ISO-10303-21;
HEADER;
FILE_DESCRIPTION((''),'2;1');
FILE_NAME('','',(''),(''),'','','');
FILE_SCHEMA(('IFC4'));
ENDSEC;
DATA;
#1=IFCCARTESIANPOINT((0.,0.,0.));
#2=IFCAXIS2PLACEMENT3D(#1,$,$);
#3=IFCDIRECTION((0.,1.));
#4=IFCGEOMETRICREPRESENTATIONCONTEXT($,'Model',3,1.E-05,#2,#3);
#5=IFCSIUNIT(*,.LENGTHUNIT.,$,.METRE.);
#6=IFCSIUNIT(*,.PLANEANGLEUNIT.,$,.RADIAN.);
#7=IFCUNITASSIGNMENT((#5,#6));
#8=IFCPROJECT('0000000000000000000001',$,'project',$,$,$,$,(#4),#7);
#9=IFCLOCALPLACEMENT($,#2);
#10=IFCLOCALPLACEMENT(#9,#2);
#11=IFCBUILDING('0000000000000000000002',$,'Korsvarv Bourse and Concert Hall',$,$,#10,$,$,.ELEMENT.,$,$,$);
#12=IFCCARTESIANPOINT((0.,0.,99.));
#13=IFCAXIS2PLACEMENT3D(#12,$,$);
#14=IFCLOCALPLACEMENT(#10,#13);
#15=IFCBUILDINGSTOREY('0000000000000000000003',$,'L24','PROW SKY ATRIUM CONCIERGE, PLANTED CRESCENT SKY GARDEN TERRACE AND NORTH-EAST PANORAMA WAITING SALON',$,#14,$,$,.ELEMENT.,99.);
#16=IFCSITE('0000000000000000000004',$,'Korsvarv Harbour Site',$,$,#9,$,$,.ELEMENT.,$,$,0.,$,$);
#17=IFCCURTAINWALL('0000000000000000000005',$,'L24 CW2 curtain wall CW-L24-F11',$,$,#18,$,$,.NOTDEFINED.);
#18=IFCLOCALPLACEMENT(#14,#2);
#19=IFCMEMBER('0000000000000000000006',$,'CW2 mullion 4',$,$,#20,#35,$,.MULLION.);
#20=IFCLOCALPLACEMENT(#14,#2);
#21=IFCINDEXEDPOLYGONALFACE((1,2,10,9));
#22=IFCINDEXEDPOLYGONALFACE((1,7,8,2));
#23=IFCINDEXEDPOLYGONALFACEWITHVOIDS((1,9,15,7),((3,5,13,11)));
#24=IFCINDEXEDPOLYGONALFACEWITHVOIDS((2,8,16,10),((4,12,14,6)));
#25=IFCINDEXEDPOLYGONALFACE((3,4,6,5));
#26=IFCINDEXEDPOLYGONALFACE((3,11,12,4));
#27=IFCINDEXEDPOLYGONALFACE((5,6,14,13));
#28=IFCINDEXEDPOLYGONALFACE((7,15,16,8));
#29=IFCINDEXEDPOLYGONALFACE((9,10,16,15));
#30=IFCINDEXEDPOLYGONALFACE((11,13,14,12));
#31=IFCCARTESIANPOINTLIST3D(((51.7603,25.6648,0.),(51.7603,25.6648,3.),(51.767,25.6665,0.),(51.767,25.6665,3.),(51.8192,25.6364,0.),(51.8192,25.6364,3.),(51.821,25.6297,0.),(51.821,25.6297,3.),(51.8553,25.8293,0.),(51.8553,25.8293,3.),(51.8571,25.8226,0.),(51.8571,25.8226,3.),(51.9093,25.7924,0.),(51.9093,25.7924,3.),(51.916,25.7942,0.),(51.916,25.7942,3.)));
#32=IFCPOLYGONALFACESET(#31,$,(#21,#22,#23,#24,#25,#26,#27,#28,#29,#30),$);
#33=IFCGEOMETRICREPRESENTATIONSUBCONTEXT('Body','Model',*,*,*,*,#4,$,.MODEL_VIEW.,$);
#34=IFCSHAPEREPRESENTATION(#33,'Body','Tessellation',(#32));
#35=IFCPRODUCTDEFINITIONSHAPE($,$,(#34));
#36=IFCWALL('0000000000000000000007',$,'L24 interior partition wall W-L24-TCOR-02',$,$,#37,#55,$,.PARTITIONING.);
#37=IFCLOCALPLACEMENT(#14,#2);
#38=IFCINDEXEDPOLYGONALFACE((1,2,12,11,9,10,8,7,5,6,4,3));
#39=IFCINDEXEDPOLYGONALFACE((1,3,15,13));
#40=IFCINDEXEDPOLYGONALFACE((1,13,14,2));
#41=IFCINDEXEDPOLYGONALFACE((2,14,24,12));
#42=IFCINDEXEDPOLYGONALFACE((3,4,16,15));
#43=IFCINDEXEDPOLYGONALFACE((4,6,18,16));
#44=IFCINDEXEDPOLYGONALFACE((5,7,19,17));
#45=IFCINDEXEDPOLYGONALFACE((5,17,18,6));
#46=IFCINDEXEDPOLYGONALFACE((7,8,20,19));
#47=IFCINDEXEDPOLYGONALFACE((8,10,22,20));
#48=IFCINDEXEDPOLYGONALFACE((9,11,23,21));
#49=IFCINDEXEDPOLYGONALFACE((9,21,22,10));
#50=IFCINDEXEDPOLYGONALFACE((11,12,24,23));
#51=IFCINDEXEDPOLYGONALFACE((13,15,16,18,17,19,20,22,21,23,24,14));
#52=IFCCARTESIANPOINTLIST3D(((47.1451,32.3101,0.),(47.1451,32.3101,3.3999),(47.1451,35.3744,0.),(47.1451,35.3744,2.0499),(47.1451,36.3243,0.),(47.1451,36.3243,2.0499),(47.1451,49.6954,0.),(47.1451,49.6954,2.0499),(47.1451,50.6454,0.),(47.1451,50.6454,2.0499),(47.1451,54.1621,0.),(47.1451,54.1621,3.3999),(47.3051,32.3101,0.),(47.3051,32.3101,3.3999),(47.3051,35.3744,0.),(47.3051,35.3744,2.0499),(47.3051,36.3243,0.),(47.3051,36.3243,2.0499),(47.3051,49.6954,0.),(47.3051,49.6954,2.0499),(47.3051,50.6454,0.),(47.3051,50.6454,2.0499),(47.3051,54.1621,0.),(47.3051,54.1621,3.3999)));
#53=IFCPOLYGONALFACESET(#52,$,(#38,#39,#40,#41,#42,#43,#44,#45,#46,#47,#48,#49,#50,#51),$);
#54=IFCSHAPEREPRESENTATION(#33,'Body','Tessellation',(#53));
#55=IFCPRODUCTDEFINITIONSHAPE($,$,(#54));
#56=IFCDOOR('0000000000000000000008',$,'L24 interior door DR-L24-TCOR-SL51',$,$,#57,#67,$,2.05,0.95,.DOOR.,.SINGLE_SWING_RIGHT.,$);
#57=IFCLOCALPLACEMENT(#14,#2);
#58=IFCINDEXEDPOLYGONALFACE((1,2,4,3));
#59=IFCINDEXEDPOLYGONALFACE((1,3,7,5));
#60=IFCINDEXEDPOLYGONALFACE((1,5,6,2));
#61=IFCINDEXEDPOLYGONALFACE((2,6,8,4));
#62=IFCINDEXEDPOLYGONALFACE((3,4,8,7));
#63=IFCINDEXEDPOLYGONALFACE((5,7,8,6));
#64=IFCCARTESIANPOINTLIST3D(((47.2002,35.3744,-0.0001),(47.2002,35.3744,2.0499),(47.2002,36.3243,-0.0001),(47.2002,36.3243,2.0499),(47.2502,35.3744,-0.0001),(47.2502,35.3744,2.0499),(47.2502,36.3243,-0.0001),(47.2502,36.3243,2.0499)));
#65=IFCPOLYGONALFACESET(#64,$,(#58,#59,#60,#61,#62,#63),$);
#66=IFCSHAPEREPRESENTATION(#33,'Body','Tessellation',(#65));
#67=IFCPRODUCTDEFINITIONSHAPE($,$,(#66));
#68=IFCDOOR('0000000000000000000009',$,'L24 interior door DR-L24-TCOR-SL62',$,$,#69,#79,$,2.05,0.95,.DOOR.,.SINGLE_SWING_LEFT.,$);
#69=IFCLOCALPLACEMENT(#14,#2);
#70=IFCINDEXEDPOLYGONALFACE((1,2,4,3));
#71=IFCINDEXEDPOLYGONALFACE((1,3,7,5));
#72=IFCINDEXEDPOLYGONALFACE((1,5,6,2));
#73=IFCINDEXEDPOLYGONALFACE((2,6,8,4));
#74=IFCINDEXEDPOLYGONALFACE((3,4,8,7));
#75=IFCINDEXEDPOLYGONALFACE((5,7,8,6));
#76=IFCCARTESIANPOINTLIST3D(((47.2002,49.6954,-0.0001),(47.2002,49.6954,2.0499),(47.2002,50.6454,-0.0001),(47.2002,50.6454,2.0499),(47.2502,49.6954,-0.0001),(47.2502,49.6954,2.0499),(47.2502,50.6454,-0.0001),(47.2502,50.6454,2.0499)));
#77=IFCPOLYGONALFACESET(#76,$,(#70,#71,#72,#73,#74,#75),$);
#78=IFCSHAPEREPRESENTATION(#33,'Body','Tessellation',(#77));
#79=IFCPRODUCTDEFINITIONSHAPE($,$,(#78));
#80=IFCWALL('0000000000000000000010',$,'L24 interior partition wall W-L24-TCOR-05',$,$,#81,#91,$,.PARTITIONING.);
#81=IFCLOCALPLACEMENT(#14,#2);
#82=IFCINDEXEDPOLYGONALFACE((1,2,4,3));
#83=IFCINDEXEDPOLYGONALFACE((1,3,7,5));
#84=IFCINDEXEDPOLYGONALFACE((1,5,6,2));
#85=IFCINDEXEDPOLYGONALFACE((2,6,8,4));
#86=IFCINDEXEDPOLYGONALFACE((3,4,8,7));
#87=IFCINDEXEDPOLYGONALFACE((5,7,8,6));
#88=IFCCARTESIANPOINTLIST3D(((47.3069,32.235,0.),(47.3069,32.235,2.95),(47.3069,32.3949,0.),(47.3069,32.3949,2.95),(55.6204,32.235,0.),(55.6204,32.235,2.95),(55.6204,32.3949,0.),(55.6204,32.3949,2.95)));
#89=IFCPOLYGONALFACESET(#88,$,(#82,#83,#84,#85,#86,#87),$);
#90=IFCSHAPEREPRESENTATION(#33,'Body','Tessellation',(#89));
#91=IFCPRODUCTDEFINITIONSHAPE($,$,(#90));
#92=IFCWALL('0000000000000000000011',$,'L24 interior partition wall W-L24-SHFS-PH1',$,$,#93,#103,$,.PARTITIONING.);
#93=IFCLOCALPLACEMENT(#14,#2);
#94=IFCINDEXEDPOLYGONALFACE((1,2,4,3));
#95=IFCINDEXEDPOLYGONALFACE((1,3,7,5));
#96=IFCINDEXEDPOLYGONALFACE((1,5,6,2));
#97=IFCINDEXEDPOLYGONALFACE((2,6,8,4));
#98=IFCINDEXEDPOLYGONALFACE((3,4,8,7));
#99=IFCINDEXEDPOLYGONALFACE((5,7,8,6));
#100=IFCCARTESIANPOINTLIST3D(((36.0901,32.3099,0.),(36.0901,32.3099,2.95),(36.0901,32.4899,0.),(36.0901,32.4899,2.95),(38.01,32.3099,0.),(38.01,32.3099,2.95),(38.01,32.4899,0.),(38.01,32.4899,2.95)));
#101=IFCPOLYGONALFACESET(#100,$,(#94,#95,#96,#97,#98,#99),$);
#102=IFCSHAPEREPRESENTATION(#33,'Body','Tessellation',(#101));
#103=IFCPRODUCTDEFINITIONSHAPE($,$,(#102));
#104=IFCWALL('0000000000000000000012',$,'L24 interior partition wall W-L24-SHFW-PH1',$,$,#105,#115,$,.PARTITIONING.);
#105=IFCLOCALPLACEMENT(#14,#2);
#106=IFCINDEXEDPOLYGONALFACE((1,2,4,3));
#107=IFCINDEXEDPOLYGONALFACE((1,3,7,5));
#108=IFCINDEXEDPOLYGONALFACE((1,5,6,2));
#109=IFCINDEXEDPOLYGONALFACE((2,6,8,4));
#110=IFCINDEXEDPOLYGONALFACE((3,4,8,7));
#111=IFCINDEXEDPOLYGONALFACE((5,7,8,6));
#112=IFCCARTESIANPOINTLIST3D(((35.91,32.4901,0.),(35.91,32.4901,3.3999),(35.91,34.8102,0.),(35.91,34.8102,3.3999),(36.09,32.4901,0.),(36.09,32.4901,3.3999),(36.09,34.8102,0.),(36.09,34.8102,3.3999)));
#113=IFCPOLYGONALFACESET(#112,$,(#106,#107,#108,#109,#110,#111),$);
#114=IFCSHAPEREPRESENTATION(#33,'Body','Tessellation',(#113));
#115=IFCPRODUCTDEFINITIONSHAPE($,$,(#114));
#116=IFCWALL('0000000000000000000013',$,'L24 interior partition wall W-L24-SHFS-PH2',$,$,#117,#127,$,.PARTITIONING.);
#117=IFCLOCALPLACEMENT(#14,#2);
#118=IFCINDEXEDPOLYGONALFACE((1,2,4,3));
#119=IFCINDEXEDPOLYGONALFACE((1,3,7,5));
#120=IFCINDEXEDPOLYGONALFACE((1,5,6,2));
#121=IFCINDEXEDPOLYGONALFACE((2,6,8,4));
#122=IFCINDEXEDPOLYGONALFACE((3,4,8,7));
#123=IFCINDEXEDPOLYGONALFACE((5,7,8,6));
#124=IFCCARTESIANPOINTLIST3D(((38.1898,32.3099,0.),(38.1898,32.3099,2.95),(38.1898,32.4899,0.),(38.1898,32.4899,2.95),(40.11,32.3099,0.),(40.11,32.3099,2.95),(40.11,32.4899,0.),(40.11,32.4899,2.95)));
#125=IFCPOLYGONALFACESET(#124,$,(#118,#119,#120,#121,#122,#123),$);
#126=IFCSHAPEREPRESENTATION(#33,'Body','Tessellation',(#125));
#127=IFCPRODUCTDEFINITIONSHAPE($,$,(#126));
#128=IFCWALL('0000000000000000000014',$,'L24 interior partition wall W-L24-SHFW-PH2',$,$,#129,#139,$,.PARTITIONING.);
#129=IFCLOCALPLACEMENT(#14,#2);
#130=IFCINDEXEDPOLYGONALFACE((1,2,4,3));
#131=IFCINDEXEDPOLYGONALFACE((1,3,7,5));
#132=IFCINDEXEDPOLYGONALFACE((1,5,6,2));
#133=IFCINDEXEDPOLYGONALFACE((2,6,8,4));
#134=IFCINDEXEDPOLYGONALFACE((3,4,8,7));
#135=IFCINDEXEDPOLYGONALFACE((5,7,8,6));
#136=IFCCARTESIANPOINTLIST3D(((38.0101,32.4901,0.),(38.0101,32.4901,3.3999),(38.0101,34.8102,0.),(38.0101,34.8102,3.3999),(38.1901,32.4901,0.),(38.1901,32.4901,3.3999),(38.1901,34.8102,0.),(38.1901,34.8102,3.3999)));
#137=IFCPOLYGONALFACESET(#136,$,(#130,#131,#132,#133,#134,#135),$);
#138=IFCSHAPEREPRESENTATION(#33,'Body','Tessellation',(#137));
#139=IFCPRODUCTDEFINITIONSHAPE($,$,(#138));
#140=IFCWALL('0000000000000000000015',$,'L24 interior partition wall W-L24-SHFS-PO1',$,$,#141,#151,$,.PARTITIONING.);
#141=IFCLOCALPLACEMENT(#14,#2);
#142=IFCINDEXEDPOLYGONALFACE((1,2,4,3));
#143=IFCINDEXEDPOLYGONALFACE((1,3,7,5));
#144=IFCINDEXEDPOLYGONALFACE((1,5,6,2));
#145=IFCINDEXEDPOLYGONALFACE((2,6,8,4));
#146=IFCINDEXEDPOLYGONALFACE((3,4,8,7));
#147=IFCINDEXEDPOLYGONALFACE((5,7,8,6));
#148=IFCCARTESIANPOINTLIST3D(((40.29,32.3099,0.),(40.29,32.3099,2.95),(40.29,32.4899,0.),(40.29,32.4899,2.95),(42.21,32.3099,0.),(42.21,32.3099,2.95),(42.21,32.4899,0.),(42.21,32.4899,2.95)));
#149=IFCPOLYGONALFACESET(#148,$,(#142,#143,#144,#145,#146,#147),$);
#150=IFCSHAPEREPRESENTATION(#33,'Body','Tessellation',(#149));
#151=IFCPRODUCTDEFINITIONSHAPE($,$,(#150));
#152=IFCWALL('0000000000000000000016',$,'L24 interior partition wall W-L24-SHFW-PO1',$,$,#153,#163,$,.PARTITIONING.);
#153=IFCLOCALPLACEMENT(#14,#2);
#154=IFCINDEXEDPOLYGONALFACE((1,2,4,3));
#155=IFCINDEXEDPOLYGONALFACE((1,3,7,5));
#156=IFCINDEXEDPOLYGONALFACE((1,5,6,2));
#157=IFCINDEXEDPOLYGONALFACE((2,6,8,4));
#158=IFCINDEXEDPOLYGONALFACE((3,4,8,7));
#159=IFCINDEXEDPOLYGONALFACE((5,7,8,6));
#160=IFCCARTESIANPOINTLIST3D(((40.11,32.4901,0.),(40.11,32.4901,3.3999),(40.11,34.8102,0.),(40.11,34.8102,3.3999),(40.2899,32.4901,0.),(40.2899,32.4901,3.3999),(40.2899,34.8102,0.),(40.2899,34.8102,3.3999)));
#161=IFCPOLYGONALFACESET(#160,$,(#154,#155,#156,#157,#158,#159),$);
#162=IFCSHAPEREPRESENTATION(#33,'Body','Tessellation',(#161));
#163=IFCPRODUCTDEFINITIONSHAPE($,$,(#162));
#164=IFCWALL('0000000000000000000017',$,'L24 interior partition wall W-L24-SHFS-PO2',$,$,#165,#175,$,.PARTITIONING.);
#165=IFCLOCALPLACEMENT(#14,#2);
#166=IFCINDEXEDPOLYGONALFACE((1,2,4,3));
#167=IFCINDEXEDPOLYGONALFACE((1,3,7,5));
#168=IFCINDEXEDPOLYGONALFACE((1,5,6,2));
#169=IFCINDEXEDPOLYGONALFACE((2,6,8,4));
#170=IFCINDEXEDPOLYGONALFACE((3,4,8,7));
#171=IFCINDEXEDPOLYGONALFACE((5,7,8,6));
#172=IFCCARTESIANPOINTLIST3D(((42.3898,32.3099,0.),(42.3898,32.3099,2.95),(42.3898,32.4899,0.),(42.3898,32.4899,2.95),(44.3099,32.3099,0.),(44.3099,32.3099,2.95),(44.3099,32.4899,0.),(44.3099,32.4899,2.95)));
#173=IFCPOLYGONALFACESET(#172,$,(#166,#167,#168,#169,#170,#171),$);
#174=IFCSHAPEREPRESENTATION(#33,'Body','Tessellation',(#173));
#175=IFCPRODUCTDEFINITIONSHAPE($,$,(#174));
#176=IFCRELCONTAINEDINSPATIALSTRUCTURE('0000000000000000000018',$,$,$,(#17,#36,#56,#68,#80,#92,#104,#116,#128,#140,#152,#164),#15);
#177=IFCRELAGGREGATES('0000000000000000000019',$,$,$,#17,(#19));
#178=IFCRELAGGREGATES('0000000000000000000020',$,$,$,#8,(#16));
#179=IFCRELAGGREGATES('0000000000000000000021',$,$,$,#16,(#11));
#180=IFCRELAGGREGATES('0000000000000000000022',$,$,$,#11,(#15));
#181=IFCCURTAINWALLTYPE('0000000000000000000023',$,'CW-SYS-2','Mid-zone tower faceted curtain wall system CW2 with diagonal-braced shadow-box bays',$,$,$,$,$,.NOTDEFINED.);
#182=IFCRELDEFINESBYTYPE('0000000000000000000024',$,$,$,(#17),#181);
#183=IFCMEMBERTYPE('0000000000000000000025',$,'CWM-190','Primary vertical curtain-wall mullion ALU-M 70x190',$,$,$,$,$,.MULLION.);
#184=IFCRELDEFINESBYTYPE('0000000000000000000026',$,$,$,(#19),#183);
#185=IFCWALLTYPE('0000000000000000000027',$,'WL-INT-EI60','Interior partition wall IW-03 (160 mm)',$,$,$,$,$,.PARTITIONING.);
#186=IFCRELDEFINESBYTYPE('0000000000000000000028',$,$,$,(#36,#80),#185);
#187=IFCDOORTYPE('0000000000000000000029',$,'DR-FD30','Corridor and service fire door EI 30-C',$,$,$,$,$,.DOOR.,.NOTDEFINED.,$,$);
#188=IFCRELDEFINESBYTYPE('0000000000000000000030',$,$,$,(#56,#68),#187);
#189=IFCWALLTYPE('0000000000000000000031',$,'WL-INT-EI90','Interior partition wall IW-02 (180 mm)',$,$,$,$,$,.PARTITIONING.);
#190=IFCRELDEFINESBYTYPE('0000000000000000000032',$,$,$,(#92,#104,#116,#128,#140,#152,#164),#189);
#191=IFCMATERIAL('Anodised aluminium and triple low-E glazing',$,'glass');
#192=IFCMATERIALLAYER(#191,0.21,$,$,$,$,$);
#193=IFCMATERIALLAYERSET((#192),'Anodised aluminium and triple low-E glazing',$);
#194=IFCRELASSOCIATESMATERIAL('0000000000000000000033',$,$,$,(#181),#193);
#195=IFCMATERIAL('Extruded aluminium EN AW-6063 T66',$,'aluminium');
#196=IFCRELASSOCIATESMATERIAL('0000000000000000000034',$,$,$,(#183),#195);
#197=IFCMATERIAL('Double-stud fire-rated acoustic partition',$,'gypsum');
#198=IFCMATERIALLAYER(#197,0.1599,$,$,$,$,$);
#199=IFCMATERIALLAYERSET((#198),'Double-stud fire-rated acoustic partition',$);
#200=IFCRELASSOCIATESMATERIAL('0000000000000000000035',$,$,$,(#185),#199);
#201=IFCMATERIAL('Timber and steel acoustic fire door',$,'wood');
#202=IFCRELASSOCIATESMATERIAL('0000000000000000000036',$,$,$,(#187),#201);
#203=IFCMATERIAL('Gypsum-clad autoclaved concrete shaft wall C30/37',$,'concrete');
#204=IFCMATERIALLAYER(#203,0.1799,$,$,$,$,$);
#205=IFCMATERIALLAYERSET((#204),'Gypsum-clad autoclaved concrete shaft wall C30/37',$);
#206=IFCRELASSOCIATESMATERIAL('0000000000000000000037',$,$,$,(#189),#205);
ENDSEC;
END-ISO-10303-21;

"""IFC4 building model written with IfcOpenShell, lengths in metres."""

from ifc_helpers import new_model, si_unit, direction, frame, frame_2d, origin, origin_2d, place, context, subcontext, project, spatial, rectangle, hollow_rectangle, extrude, source, transform, mapped, material, layer, layer_set, material_profile, profile_set, type_object, element, fill, aggregate, save


model = new_model("IFC4")

# Units and contexts
model_context = context("Model", 3, precision=1e-05, world=origin(), true_north=direction((0.0, 1.0)))
body_context = subcontext(model_context, "Body", "Model", "MODEL_VIEW")
ifc_project = project(units=[si_unit("LENGTHUNIT", "METRE"), si_unit("PLANEANGLEUNIT", "RADIAN")], contexts=[model_context])

# Site, building, storey
site_placement = place(None, origin())
site = spatial("IfcSite", under=ifc_project, at=site_placement, Name="Korsvarv Harbour Site", CompositionType="ELEMENT", RefElevation=0.0)
building_placement = place(site_placement, origin())
building = spatial("IfcBuilding", under=site, at=building_placement, Name="Korsvarv Bourse and Concert Hall", CompositionType="ELEMENT")
storey_placement = place(building_placement, frame((0.0, 0.0, 99.0)))
storey = spatial("IfcBuildingStorey", under=building, at=storey_placement, Name="L24", Description="PROW SKY ATRIUM CONCIERGE, PLANTED CRESCENT SKY GARDEN TERRACE AND NORTH-EAST PANORAMA WAITING SALON", CompositionType="ELEMENT", Elevation=99.0)

# Curtain wall, member
ifc_material_1 = material(Name="Anodised aluminium and triple low-E glazing", Category="glass")
ifc_layer_1 = layer(ifc_material_1, 0.21)
ifc_layer_set_1 = layer_set([ifc_layer_1], Name="Anodised aluminium and triple low-E glazing")
curtain_wall_type = type_object("IfcCurtainWallType", Name="CW-SYS-2", Description="Mid-zone tower faceted curtain wall system CW2 with diagonal-braced shadow-box bays", PredefinedType="NOTDEFINED", material=ifc_layer_set_1)
curtain_wall_placement = place(storey_placement, origin())
curtain_wall = element("IfcCurtainWall", 1, at=curtain_wall_placement, inside=storey, type_object=curtain_wall_type, Name="L24 CW2 curtain wall CW-L24-F11", PredefinedType="NOTDEFINED")
ifc_material_2 = material(Name="Extruded aluminium EN AW-6063 T66", Category="aluminium")
ifc_material_profile_1 = material_profile(ifc_material_2, hollow_rectangle(XDim=0.0701, YDim=0.1899, WallThickness=0.0049, at=origin_2d()), Name="ALU-M 70x190")
ifc_profile_set_1 = profile_set([ifc_material_profile_1], Name="Extruded aluminium EN AW-6063 T66")
member_type = type_object("IfcMemberType", Name="CWM-190", Description="Primary vertical curtain-wall mullion ALU-M 70x190", PredefinedType="MULLION", material=ifc_profile_set_1)
shared_shape_1 = source(origin(), body_context, "Body", "SweptSolid", [
    extrude(hollow_rectangle(XDim=0.0701, YDim=0.1899, WallThickness=0.0049, at=origin_2d()), origin(), (0.0, 0.0, 1.0), 3.0),
])
member_placement = place(storey_placement, frame((51.8381, 25.7295, 0.0), z_axis=(0.0, 0.0, 1.0), x_axis=(-0.866024, 0.500002, 0.0)))
member = element("IfcMember", 2, at=member_placement, type_object=member_type, Name="CW2 mullion 4", PredefinedType="MULLION", context=body_context, shape_type="MappedRepresentation", body=[
    mapped(shared_shape_1, transform((0.0, 0.0, 0.0), scale=1.0)),
])
aggregate(curtain_wall, [member])

# Wall, openings, doors
ifc_material_3 = material(Name="Double-stud fire-rated acoustic partition", Category="gypsum")
ifc_layer_2 = layer(ifc_material_3, 0.1599)
ifc_layer_set_2 = layer_set([ifc_layer_2], Name="Double-stud fire-rated acoustic partition")
wall_type_1 = type_object("IfcWallType", Name="WL-INT-EI60", Description="Interior partition wall IW-03 (160 mm)", PredefinedType="PARTITIONING", material=ifc_layer_set_2)
wall_1_placement = place(storey_placement, frame((47.2251, 32.3101, 0.0), z_axis=(0.0, 0.0, 1.0), x_axis=(0.0, 1.0, 0.0)))
wall_1 = element("IfcWall", 3, at=wall_1_placement, inside=storey, type_object=wall_type_1, Name="L24 interior partition wall W-L24-TCOR-02", PredefinedType="PARTITIONING", context=body_context, shape_type="SweptSolid", body=[
    extrude(rectangle(XDim=21.8521, YDim=0.1599, at=frame_2d((10.926, 0.0))), origin(), (0.0, 0.0, 1.0), 3.3999),
])
opening_1_placement = place(wall_1_placement, frame((3.0642, 0.0, 0.0)))
opening_1 = element("IfcOpeningElement", 4, at=opening_1_placement, cuts=wall_1, PredefinedType="OPENING", context=body_context, shape_type="SweptSolid", body=[
    extrude(rectangle(XDim=0.95, YDim=2.05, at=frame_2d((0.4751, 1.0249))), frame((0.0, 0.0898, 0.0), z_axis=(0.0, -1.0, 0.0), x_axis=(1.0, 0.0, 0.0)), (0.0, 0.0, 1.0), 0.1799),
])
opening_2_placement = place(wall_1_placement, frame((17.3853, 0.0, 0.0)))
opening_2 = element("IfcOpeningElement", 5, at=opening_2_placement, cuts=wall_1, PredefinedType="OPENING", context=body_context, shape_type="SweptSolid", body=[
    extrude(rectangle(XDim=0.95, YDim=2.05, at=frame_2d((0.4751, 1.0249))), frame((0.0, 0.0898, 0.0), z_axis=(0.0, -1.0, 0.0), x_axis=(1.0, 0.0, 0.0)), (0.0, 0.0, 1.0), 0.1799),
])
ifc_material_4 = material(Name="Timber and steel acoustic fire door", Category="wood")
door_type = type_object("IfcDoorType", Name="DR-FD30", Description="Corridor and service fire door EI 30-C", OperationType="NOTDEFINED", PredefinedType="DOOR", material=ifc_material_4)
door_1_placement = place(opening_1_placement, origin())
door_1 = element("IfcDoor", 6, at=door_1_placement, inside=storey, type_object=door_type, Name="L24 interior door DR-L24-TCOR-SL51", OperationType="SINGLE_SWING_RIGHT", OverallHeight=2.05, OverallWidth=0.95, PredefinedType="DOOR", context=body_context, shape_type="SweptSolid", body=[
    extrude(rectangle(XDim=0.95, YDim=2.05, at=frame_2d((0.4751, 1.0249))), frame((0.0, 0.0249, 0.0), z_axis=(0.0, -1.0, 0.0), x_axis=(1.0, 0.0, 0.0)), (0.0, 0.0, 1.0), 0.05),
])
fill(opening_1, door_1)
door_2_placement = place(opening_2_placement, origin())
door_2 = element("IfcDoor", 7, at=door_2_placement, inside=storey, type_object=door_type, Name="L24 interior door DR-L24-TCOR-SL62", OperationType="SINGLE_SWING_LEFT", OverallHeight=2.05, OverallWidth=0.95, PredefinedType="DOOR", context=body_context, shape_type="SweptSolid", body=[
    extrude(rectangle(XDim=0.95, YDim=2.05, at=frame_2d((0.4751, 1.0249))), frame((0.0, 0.0249, 0.0), z_axis=(0.0, -1.0, 0.0), x_axis=(1.0, 0.0, 0.0)), (0.0, 0.0, 1.0), 0.05),
])
fill(opening_2, door_2)

# Walls
wall_2_placement = place(storey_placement, frame((47.3069, 32.3149, 0.0), z_axis=(0.0, 0.0, 1.0), x_axis=(1.0, 0.0, 0.0)))
element("IfcWall", 8, at=wall_2_placement, inside=storey, type_object=wall_type_1, Name="L24 interior partition wall W-L24-TCOR-05", PredefinedType="PARTITIONING", context=body_context, shape_type="SweptSolid", body=[
    extrude(rectangle(XDim=8.3135, YDim=0.1599, at=frame_2d((4.1567, 0.0))), origin(), (0.0, 0.0, 1.0), 2.95),
])
ifc_material_5 = material(Name="Gypsum-clad autoclaved concrete shaft wall C30/37", Category="concrete")
ifc_layer_3 = layer(ifc_material_5, 0.1799)
ifc_layer_set_3 = layer_set([ifc_layer_3], Name="Gypsum-clad autoclaved concrete shaft wall C30/37")
wall_type_2 = type_object("IfcWallType", Name="WL-INT-EI90", Description="Interior partition wall IW-02 (180 mm)", PredefinedType="PARTITIONING", material=ifc_layer_set_3)
wall_3_placement = place(storey_placement, frame((36.0901, 32.3999, 0.0), z_axis=(0.0, 0.0, 1.0), x_axis=(1.0, 0.0, 0.0)))
element("IfcWall", 9, at=wall_3_placement, inside=storey, type_object=wall_type_2, Name="L24 interior partition wall W-L24-SHFS-PH1", PredefinedType="PARTITIONING", context=body_context, shape_type="SweptSolid", body=[
    extrude(rectangle(XDim=1.9199, YDim=0.1799, at=frame_2d((0.96, 0.0))), origin(), (0.0, 0.0, 1.0), 2.95),
])
wall_4_placement = place(storey_placement, frame((36.0, 32.49, 0.0), z_axis=(0.0, 0.0, 1.0), x_axis=(0.0, 1.0, 0.0)))
element("IfcWall", 10, at=wall_4_placement, inside=storey, type_object=wall_type_2, Name="L24 interior partition wall W-L24-SHFW-PH1", PredefinedType="PARTITIONING", context=body_context, shape_type="SweptSolid", body=[
    extrude(rectangle(XDim=2.3201, YDim=0.1799, at=frame_2d((1.1602, 0.0))), origin(), (0.0, 0.0, 1.0), 3.3999),
])
wall_5_placement = place(storey_placement, frame((38.1899, 32.3999, 0.0), z_axis=(0.0, 0.0, 1.0), x_axis=(1.0, 0.0, 0.0)))
element("IfcWall", 11, at=wall_5_placement, inside=storey, type_object=wall_type_2, Name="L24 interior partition wall W-L24-SHFS-PH2", PredefinedType="PARTITIONING", context=body_context, shape_type="SweptSolid", body=[
    extrude(rectangle(XDim=1.9202, YDim=0.1799, at=frame_2d((0.96, 0.0))), origin(), (0.0, 0.0, 1.0), 2.95),
])
wall_6_placement = place(storey_placement, frame((38.1001, 32.49, 0.0), z_axis=(0.0, 0.0, 1.0), x_axis=(0.0, 1.0, 0.0)))
element("IfcWall", 12, at=wall_6_placement, inside=storey, type_object=wall_type_2, Name="L24 interior partition wall W-L24-SHFW-PH2", PredefinedType="PARTITIONING", context=body_context, shape_type="SweptSolid", body=[
    extrude(rectangle(XDim=2.3201, YDim=0.1799, at=frame_2d((1.1602, 0.0))), origin(), (0.0, 0.0, 1.0), 3.3999),
])
wall_7_placement = place(storey_placement, frame((40.29, 32.3999, 0.0), z_axis=(0.0, 0.0, 1.0), x_axis=(1.0, 0.0, 0.0)))
element("IfcWall", 13, at=wall_7_placement, inside=storey, type_object=wall_type_2, Name="L24 interior partition wall W-L24-SHFS-PO1", PredefinedType="PARTITIONING", context=body_context, shape_type="SweptSolid", body=[
    extrude(rectangle(XDim=1.9199, YDim=0.1799, at=frame_2d((0.96, 0.0))), origin(), (0.0, 0.0, 1.0), 2.95),
])
wall_8_placement = place(storey_placement, frame((40.2, 32.49, 0.0), z_axis=(0.0, 0.0, 1.0), x_axis=(0.0, 1.0, 0.0)))
element("IfcWall", 14, at=wall_8_placement, inside=storey, type_object=wall_type_2, Name="L24 interior partition wall W-L24-SHFW-PO1", PredefinedType="PARTITIONING", context=body_context, shape_type="SweptSolid", body=[
    extrude(rectangle(XDim=2.3201, YDim=0.1799, at=frame_2d((1.1602, 0.0))), origin(), (0.0, 0.0, 1.0), 3.3999),
])
wall_9_placement = place(storey_placement, frame((42.3899, 32.3999, 0.0), z_axis=(0.0, 0.0, 1.0), x_axis=(1.0, 0.0, 0.0)))
element("IfcWall", 15, at=wall_9_placement, inside=storey, type_object=wall_type_2, Name="L24 interior partition wall W-L24-SHFS-PO2", PredefinedType="PARTITIONING", context=body_context, shape_type="SweptSolid", body=[
    extrude(rectangle(XDim=1.9202, YDim=0.1799, at=frame_2d((0.96, 0.0))), origin(), (0.0, 0.0, 1.0), 2.95),
])

save(model, "model.ifc")
